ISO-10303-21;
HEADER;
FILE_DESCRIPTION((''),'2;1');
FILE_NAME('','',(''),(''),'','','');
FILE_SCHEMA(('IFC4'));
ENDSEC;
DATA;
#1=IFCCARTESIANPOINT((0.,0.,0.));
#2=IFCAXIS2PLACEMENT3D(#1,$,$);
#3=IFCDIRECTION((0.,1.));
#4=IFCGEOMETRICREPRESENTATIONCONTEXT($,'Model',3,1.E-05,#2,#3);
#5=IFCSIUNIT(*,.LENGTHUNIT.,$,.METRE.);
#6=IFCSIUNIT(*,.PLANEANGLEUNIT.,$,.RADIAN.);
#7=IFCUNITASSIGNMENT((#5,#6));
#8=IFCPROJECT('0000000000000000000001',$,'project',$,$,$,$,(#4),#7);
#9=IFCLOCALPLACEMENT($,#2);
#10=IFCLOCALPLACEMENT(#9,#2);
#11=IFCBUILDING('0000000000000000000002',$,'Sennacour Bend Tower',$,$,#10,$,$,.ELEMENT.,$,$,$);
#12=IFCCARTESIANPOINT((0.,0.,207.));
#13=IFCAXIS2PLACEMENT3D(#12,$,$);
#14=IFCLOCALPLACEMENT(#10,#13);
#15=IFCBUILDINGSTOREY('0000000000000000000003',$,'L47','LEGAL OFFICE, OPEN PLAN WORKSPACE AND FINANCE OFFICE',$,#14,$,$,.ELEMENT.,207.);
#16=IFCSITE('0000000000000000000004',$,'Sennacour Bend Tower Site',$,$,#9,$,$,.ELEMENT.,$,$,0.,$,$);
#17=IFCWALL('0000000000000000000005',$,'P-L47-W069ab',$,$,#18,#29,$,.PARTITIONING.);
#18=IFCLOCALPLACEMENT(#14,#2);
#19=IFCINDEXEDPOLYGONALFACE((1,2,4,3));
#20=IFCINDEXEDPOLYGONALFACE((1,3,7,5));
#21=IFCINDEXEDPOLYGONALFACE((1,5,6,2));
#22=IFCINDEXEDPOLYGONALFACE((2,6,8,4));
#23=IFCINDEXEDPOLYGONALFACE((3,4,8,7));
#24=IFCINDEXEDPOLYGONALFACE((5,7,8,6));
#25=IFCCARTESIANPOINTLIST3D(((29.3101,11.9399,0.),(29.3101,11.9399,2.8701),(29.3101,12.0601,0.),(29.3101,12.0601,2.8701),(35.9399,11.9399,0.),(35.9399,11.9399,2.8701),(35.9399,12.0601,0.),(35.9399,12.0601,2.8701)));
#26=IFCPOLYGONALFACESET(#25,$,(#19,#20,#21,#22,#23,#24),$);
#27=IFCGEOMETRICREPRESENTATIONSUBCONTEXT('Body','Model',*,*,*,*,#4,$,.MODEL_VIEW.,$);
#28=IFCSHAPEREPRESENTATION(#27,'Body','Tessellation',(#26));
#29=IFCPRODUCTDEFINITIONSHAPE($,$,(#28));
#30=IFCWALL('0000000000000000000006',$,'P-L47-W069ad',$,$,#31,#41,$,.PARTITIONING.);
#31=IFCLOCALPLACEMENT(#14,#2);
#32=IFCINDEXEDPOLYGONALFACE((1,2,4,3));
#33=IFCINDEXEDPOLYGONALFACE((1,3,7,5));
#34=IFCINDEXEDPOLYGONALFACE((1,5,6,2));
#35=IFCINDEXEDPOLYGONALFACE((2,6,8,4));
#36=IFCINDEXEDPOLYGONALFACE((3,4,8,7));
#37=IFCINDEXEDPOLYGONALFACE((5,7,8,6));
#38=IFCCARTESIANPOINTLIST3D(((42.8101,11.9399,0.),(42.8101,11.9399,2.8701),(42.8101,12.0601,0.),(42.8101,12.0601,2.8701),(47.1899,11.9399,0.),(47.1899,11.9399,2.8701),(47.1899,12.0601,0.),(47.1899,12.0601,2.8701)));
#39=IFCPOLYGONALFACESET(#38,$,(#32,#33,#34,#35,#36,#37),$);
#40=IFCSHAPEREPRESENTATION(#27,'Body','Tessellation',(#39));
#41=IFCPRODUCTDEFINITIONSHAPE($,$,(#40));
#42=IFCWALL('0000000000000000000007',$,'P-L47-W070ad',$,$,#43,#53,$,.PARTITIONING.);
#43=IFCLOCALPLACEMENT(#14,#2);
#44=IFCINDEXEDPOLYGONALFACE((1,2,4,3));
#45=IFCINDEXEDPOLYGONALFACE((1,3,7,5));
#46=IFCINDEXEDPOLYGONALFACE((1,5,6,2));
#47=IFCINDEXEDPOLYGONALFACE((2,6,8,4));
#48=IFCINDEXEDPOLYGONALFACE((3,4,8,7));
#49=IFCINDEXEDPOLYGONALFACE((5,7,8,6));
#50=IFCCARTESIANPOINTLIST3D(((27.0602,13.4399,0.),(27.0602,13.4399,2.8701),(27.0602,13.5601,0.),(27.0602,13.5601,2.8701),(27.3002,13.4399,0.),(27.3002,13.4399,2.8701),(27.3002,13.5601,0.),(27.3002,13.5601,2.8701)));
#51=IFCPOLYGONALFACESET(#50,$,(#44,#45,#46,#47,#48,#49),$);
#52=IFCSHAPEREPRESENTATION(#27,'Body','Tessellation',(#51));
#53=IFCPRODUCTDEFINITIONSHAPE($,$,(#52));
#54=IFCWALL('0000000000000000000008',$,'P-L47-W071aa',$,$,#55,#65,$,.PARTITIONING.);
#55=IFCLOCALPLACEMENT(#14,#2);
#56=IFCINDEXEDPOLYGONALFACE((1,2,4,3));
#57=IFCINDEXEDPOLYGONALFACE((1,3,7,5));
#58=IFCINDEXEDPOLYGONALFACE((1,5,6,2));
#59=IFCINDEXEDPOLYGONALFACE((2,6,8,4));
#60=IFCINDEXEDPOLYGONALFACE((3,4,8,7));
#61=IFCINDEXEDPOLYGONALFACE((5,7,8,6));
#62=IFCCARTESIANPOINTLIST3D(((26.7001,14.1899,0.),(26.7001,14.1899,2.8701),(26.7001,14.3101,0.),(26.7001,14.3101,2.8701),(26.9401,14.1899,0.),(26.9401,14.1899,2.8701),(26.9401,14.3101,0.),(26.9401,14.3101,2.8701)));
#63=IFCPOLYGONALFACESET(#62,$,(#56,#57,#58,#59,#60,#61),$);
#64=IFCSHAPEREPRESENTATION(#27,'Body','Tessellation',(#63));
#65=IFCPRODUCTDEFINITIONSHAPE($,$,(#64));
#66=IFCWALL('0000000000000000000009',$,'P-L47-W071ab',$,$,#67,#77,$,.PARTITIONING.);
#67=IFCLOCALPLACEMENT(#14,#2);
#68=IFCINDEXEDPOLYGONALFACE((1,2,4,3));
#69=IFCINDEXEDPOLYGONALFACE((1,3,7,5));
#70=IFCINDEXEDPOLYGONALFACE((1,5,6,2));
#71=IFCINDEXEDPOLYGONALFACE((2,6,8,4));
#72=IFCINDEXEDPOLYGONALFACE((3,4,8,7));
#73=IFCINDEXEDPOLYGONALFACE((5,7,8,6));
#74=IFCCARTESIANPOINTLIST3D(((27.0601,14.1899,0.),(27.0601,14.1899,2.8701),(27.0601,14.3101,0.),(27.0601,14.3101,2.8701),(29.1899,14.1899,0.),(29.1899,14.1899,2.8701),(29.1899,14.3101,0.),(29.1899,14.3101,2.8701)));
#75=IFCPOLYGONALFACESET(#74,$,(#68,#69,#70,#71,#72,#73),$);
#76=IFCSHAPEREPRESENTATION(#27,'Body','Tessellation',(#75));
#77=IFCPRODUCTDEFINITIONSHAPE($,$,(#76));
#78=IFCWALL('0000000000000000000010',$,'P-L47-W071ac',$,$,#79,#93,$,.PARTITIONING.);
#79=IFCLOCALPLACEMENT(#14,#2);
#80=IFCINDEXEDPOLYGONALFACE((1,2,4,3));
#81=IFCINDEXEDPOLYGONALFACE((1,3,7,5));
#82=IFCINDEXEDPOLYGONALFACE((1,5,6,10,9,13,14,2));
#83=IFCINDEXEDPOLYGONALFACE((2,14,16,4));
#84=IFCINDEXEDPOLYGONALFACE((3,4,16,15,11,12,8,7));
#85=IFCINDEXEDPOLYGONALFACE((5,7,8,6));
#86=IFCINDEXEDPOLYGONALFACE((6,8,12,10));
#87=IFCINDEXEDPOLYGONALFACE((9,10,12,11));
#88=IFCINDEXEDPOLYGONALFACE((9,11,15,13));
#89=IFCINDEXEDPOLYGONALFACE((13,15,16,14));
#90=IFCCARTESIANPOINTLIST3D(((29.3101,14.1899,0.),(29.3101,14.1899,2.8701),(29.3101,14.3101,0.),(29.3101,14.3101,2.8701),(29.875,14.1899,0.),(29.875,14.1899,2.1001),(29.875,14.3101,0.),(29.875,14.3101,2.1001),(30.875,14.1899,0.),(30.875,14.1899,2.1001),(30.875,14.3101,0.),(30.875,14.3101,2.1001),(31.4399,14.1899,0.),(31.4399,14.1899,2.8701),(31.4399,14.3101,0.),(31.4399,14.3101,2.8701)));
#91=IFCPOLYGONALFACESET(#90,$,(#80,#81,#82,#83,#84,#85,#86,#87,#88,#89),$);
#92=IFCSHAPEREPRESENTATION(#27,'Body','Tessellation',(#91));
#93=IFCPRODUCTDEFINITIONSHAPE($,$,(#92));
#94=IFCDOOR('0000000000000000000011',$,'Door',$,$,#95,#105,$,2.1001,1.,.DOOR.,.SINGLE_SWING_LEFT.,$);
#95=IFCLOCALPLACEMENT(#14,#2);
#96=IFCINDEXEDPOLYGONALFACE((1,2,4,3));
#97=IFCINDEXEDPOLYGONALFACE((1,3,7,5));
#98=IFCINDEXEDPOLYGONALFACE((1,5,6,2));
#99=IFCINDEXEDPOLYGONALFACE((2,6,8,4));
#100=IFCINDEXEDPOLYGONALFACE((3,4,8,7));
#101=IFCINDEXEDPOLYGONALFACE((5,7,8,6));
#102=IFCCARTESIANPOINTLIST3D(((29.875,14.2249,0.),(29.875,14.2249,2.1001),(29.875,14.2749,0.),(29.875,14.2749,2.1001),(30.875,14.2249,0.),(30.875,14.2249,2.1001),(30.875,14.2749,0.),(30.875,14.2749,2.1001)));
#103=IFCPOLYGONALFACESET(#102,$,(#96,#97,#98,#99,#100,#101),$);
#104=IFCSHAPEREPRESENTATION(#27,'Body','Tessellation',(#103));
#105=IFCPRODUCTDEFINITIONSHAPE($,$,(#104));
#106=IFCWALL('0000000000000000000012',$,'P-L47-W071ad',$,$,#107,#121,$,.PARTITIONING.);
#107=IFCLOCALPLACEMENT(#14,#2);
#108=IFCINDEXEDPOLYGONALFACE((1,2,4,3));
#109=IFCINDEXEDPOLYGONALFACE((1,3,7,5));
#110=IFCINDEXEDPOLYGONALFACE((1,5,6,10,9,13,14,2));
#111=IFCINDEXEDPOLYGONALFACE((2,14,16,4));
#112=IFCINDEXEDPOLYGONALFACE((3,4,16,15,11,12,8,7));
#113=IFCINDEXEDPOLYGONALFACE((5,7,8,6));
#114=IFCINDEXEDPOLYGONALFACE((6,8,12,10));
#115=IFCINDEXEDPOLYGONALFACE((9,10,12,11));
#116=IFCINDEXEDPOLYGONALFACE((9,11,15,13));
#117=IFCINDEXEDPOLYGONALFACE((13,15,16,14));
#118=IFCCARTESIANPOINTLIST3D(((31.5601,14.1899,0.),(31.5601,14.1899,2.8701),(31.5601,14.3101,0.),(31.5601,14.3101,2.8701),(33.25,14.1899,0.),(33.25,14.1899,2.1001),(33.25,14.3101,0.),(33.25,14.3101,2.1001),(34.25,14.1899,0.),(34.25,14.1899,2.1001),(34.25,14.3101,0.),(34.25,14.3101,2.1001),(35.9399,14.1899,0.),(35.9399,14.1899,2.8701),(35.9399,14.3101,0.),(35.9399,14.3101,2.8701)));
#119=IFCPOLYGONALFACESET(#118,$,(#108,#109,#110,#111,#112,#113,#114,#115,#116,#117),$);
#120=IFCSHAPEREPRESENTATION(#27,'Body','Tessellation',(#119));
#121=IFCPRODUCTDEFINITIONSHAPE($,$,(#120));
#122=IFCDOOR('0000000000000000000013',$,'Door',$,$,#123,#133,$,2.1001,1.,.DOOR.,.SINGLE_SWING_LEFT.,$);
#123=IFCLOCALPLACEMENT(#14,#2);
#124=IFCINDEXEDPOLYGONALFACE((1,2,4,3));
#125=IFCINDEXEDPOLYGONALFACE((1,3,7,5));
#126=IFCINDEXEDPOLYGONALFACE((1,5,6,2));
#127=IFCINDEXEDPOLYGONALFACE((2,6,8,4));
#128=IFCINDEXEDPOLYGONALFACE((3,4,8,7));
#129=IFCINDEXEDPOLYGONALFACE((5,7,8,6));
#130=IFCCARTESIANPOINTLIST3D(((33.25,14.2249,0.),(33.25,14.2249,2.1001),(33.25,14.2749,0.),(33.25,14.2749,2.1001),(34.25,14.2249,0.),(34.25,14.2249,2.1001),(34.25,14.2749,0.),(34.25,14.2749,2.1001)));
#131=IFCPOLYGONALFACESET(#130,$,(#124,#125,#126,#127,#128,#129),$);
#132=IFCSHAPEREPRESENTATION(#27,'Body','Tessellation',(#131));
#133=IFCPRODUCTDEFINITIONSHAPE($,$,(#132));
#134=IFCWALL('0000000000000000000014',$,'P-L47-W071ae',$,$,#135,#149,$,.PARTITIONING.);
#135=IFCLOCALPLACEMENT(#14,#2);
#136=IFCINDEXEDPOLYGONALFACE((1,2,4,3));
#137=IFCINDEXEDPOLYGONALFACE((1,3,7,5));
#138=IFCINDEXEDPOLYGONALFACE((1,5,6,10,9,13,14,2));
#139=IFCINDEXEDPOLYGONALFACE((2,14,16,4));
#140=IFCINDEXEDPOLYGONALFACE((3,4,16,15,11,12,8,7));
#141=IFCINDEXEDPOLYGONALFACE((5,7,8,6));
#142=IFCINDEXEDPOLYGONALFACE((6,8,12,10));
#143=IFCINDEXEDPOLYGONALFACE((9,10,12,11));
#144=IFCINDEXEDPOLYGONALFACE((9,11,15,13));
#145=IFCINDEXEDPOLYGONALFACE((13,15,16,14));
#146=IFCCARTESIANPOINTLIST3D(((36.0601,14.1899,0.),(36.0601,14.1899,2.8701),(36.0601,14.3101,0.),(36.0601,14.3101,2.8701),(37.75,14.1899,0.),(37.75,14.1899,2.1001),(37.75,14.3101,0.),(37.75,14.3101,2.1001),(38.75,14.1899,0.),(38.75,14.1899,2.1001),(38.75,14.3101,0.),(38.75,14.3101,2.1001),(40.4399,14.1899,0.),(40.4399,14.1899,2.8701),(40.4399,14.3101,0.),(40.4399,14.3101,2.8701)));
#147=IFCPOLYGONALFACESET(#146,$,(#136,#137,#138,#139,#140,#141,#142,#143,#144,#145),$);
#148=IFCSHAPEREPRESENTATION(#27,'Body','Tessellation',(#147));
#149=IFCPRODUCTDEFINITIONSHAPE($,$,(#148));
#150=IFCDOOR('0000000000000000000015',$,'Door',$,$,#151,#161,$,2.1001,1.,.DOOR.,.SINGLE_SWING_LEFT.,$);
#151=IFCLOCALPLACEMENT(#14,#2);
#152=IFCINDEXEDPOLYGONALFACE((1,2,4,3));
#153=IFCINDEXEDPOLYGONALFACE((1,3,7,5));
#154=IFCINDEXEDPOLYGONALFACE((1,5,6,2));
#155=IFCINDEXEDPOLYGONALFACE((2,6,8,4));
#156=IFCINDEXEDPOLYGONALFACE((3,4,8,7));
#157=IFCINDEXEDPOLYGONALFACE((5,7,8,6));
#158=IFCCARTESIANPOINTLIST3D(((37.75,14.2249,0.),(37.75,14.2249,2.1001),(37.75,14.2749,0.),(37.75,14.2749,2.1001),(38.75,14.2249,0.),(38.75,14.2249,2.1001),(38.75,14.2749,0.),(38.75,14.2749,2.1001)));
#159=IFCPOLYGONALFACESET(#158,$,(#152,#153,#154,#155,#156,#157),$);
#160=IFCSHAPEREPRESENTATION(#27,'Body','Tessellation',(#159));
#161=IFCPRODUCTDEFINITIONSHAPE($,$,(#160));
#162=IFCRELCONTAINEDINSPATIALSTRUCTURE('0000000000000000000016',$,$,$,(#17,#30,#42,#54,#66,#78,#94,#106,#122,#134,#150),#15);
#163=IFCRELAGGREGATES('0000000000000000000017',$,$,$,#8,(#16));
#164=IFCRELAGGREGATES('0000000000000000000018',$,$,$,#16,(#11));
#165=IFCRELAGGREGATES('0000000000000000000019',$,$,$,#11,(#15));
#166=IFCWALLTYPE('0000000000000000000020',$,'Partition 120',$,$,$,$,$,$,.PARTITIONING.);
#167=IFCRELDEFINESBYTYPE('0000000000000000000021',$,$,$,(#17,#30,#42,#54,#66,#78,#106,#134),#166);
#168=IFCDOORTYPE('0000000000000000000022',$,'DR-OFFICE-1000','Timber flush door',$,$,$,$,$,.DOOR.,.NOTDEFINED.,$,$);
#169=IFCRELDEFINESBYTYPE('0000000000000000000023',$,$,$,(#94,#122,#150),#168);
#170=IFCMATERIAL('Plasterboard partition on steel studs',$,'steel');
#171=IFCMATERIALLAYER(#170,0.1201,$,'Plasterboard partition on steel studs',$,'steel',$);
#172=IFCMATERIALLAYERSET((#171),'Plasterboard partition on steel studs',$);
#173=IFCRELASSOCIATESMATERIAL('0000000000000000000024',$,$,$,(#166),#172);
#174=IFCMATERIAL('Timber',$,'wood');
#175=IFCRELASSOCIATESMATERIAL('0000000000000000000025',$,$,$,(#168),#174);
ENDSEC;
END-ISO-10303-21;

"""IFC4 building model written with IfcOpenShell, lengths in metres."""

from ifc_helpers import new_model, si_unit, direction, frame, frame_2d, origin, place, context, subcontext, project, spatial, rectangle, extrude, material, layer, layer_set, type_object, element, fill, save


model = new_model("IFC4")

# Units and contexts
model_context = context("Model", 3, precision=1e-05, world=origin(), true_north=direction((0.0, 1.0)))
body_context = subcontext(model_context, "Body", "Model", "MODEL_VIEW")
ifc_project = project(units=[si_unit("LENGTHUNIT", "METRE"), si_unit("PLANEANGLEUNIT", "RADIAN")], contexts=[model_context])

# Site, building, storey
site_placement = place(None, origin())
site = spatial("IfcSite", under=ifc_project, at=site_placement, Name="Sennacour Bend Tower Site", CompositionType="ELEMENT", RefElevation=0.0)
building_placement = place(site_placement, origin())
building = spatial("IfcBuilding", under=site, at=building_placement, Name="Sennacour Bend Tower", CompositionType="ELEMENT")
storey_placement = place(building_placement, frame((0.0, 0.0, 207.0)))
storey = spatial("IfcBuildingStorey", under=building, at=storey_placement, Name="L47", Description="LEGAL OFFICE, OPEN PLAN WORKSPACE AND FINANCE OFFICE", CompositionType="ELEMENT", Elevation=207.0)

# Walls
ifc_material_1 = material(Name="Plasterboard partition on steel studs", Category="steel")
ifc_layer_1 = layer(ifc_material_1, 0.1201, Name="Plasterboard partition on steel studs", Category="steel")
ifc_layer_set_1 = layer_set([ifc_layer_1], Name="Plasterboard partition on steel studs")
wall_type_1 = type_object("IfcWallType", Name="Partition 120", PredefinedType="PARTITIONING", material=ifc_layer_set_1)
wall_1_placement = place(storey_placement, frame((29.3101, 12.0, 0.0), z_axis=(0.0, 0.0, 1.0), x_axis=(1.0, 0.0, 0.0)))
element("IfcWall", 1, at=wall_1_placement, inside=storey, type_object=wall_type_1, Name="P-L47-W069ab", PredefinedType="PARTITIONING", context=body_context, shape_type="SweptSolid", body=[
    extrude(rectangle(XDim=6.6299, YDim=0.1201, at=frame_2d((3.3149, 0.0))), origin(), (0.0, 0.0, 1.0), 2.8701),
])
wall_2_placement = place(storey_placement, frame((42.8101, 12.0, 0.0), z_axis=(0.0, 0.0, 1.0), x_axis=(1.0, 0.0, 0.0)))
element("IfcWall", 2, at=wall_2_placement, inside=storey, type_object=wall_type_1, Name="P-L47-W069ad", PredefinedType="PARTITIONING", context=body_context, shape_type="SweptSolid", body=[
    extrude(rectangle(XDim=4.3799, YDim=0.1201, at=frame_2d((2.1899, 0.0))), origin(), (0.0, 0.0, 1.0), 2.8701),
])
for number, where, z_axis, x_axis, name in (
    (3, (27.0601, 13.5, 0.0), (0.0, 0.0, 1.0), (1.0, 0.0, 0.0), "P-L47-W070ad"),
    (4, (26.7, 14.25, 0.0), (0.0, 0.0, 1.0), (1.0, 0.0, 0.0), "P-L47-W071aa"),
):
    element("IfcWall", number, at=place(storey_placement, frame(where, z_axis=z_axis, x_axis=x_axis)), inside=storey, type_object=wall_type_1, Name=name, PredefinedType="PARTITIONING", context=body_context, shape_type="SweptSolid", body=[
        extrude(rectangle(XDim=0.24, YDim=0.1201, at=frame_2d((0.1201, 0.0))), origin(), (0.0, 0.0, 1.0), 2.8701),
    ])
wall_3_placement = place(storey_placement, frame((27.0601, 14.25, 0.0), z_axis=(0.0, 0.0, 1.0), x_axis=(1.0, 0.0, 0.0)))
element("IfcWall", 5, at=wall_3_placement, inside=storey, type_object=wall_type_1, Name="P-L47-W071ab", PredefinedType="PARTITIONING", context=body_context, shape_type="SweptSolid", body=[
    extrude(rectangle(XDim=2.1299, YDim=0.1201, at=frame_2d((1.0649, 0.0))), origin(), (0.0, 0.0, 1.0), 2.8701),
])

# Walls, openings, doors
wall_4_placement = place(storey_placement, frame((29.3101, 14.25, 0.0), z_axis=(0.0, 0.0, 1.0), x_axis=(1.0, 0.0, 0.0)))
wall_4 = element("IfcWall", 6, at=wall_4_placement, inside=storey, type_object=wall_type_1, Name="P-L47-W071ac", PredefinedType="PARTITIONING", context=body_context, shape_type="SweptSolid", body=[
    extrude(rectangle(XDim=2.1299, YDim=0.1201, at=frame_2d((1.0649, 0.0))), origin(), (0.0, 0.0, 1.0), 2.8701),
])
opening_1_placement = place(wall_4_placement, frame((0.5649, 0.0, 0.0)))
opening_1 = element("IfcOpeningElement", 7, at=opening_1_placement, cuts=wall_4, PredefinedType="OPENING", context=body_context, shape_type="SweptSolid", body=[
    extrude(rectangle(XDim=1.0, YDim=2.1001, at=frame_2d((0.5, 1.05))), frame((0.0, 0.0701, 0.0), z_axis=(0.0, -1.0, 0.0), x_axis=(1.0, 0.0, 0.0)), (0.0, 0.0, 1.0), 0.1401),
])
ifc_material_2 = material(Name="Timber", Category="wood")
door_type_1 = type_object("IfcDoorType", Name="DR-OFFICE-1000", Description="Timber flush door", OperationType="NOTDEFINED", PredefinedType="DOOR", material=ifc_material_2)
door_1_placement = place(opening_1_placement, origin())
door_1 = element("IfcDoor", 8, at=door_1_placement, inside=storey, type_object=door_type_1, Name="Door", OperationType="SINGLE_SWING_LEFT", OverallHeight=2.1001, OverallWidth=1.0, PredefinedType="DOOR", context=body_context, shape_type="SweptSolid", body=[
    extrude(rectangle(XDim=1.0, YDim=2.1001, at=frame_2d((0.5, 1.05))), frame((0.0, 0.0249, 0.0), z_axis=(0.0, -1.0, 0.0), x_axis=(1.0, 0.0, 0.0)), (0.0, 0.0, 1.0), 0.05),
])
fill(opening_1, door_1)
wall_5_placement = place(storey_placement, frame((31.5601, 14.25, 0.0), z_axis=(0.0, 0.0, 1.0), x_axis=(1.0, 0.0, 0.0)))
wall_5 = element("IfcWall", 9, at=wall_5_placement, inside=storey, type_object=wall_type_1, Name="P-L47-W071ad", PredefinedType="PARTITIONING", context=body_context, shape_type="SweptSolid", body=[
    extrude(rectangle(XDim=4.3799, YDim=0.1201, at=frame_2d((2.1899, 0.0))), origin(), (0.0, 0.0, 1.0), 2.8701),
])
opening_2_placement = place(wall_5_placement, frame((1.6899, 0.0, 0.0)))
opening_2 = element("IfcOpeningElement", 10, at=opening_2_placement, cuts=wall_5, PredefinedType="OPENING", context=body_context, shape_type="SweptSolid", body=[
    extrude(rectangle(XDim=1.0, YDim=2.1001, at=frame_2d((0.5, 1.05))), frame((0.0, 0.0701, 0.0), z_axis=(0.0, -1.0, 0.0), x_axis=(1.0, 0.0, 0.0)), (0.0, 0.0, 1.0), 0.1401),
])
door_2_placement = place(opening_2_placement, origin())
door_2 = element("IfcDoor", 11, at=door_2_placement, inside=storey, type_object=door_type_1, Name="Door", OperationType="SINGLE_SWING_LEFT", OverallHeight=2.1001, OverallWidth=1.0, PredefinedType="DOOR", context=body_context, shape_type="SweptSolid", body=[
    extrude(rectangle(XDim=1.0, YDim=2.1001, at=frame_2d((0.5, 1.05))), frame((0.0, 0.0249, 0.0), z_axis=(0.0, -1.0, 0.0), x_axis=(1.0, 0.0, 0.0)), (0.0, 0.0, 1.0), 0.05),
])
fill(opening_2, door_2)
wall_6_placement = place(storey_placement, frame((36.0601, 14.25, 0.0), z_axis=(0.0, 0.0, 1.0), x_axis=(1.0, 0.0, 0.0)))
wall_6 = element("IfcWall", 12, at=wall_6_placement, inside=storey, type_object=wall_type_1, Name="P-L47-W071ae", PredefinedType="PARTITIONING", context=body_context, shape_type="SweptSolid", body=[
    extrude(rectangle(XDim=4.3799, YDim=0.1201, at=frame_2d((2.1899, 0.0))), origin(), (0.0, 0.0, 1.0), 2.8701),
])
opening_3_placement = place(wall_6_placement, frame((1.6899, 0.0, 0.0)))
opening_3 = element("IfcOpeningElement", 13, at=opening_3_placement, cuts=wall_6, PredefinedType="OPENING", context=body_context, shape_type="SweptSolid", body=[
    extrude(rectangle(XDim=1.0, YDim=2.1001, at=frame_2d((0.5, 1.05))), frame((0.0, 0.0701, 0.0), z_axis=(0.0, -1.0, 0.0), x_axis=(1.0, 0.0, 0.0)), (0.0, 0.0, 1.0), 0.1401),
])
door_3_placement = place(opening_3_placement, origin())
door_3 = element("IfcDoor", 14, at=door_3_placement, inside=storey, type_object=door_type_1, Name="Door", OperationType="SINGLE_SWING_LEFT", OverallHeight=2.1001, OverallWidth=1.0, PredefinedType="DOOR", context=body_context, shape_type="SweptSolid", body=[
    extrude(rectangle(XDim=1.0, YDim=2.1001, at=frame_2d((0.5, 1.05))), frame((0.0, 0.0249, 0.0), z_axis=(0.0, -1.0, 0.0), x_axis=(1.0, 0.0, 0.0)), (0.0, 0.0, 1.0), 0.05),
])
fill(opening_3, door_3)

save(model, "model.ifc")
